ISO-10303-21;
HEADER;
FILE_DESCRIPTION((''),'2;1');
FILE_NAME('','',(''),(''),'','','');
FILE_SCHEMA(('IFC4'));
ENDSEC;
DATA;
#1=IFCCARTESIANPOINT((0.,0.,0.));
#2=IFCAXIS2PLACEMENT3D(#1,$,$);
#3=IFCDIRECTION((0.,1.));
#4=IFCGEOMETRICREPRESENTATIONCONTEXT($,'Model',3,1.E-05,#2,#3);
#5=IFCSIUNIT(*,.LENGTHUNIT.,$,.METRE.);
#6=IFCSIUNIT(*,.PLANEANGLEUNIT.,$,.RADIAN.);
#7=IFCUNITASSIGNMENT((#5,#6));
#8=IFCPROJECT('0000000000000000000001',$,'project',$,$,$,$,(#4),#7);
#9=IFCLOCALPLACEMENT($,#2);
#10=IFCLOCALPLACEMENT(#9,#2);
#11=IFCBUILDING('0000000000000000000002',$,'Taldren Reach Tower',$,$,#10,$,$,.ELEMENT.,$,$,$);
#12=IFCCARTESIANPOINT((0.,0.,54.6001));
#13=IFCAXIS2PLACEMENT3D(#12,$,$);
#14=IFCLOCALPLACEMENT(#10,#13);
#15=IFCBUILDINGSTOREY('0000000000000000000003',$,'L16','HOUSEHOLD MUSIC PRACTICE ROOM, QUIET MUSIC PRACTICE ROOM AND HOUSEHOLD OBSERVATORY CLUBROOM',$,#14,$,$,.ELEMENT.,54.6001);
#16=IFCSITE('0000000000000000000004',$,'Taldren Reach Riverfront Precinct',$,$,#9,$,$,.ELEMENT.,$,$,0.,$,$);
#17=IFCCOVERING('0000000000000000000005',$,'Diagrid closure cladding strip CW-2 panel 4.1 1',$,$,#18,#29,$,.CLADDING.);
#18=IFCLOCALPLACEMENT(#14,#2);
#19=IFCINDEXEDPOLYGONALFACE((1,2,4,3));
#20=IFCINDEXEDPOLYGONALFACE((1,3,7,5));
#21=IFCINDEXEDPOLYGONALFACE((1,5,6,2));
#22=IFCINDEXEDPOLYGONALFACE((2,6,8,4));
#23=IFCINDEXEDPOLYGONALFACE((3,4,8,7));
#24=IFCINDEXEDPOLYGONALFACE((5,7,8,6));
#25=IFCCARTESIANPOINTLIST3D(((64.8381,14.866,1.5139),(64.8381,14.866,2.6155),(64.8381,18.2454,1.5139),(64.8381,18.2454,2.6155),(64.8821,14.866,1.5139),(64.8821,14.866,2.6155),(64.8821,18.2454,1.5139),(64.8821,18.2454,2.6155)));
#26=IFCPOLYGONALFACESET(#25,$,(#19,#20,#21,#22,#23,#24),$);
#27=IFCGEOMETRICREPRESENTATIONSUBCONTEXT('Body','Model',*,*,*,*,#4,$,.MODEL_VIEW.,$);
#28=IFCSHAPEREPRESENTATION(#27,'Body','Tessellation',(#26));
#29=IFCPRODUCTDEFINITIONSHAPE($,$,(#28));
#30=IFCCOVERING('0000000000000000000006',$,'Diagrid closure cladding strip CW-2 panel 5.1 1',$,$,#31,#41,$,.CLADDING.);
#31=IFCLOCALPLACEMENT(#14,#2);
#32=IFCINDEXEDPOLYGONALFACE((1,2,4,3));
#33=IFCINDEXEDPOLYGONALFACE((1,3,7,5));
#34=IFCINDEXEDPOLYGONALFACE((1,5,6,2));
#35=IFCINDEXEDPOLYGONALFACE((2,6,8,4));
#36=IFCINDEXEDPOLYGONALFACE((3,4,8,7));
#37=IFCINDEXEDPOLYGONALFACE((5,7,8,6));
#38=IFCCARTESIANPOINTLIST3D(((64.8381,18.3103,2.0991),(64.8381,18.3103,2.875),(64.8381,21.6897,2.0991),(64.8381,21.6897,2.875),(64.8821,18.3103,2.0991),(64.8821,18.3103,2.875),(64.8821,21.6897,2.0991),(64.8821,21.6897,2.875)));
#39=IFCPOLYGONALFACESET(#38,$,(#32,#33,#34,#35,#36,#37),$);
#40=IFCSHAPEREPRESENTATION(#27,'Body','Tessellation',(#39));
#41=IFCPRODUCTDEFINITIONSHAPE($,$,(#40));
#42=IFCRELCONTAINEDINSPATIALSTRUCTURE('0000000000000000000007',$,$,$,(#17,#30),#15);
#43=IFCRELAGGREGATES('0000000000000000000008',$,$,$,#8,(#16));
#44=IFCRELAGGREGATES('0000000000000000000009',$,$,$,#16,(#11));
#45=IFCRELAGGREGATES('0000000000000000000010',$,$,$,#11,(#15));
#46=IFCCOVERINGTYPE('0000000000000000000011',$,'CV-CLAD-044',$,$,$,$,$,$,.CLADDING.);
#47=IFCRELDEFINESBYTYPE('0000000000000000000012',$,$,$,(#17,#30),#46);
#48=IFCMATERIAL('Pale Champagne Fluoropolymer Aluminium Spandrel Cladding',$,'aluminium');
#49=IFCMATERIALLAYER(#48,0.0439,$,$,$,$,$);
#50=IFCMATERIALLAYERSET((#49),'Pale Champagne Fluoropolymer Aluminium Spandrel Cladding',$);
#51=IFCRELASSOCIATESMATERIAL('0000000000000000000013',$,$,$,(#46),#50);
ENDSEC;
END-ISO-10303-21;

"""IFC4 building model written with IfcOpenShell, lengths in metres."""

from ifc_helpers import new_model, si_unit, direction, frame, origin, origin_2d, place, context, subcontext, project, spatial, rectangle, extrude, source, transform, mapped, material, layer, layer_set, type_object, element, save


model = new_model("IFC4")

# Units and contexts
model_context = context("Model", 3, precision=1e-05, world=origin(), true_north=direction((0.0, 1.0)))
body_context = subcontext(model_context, "Body", "Model", "MODEL_VIEW")
ifc_project = project(units=[si_unit("LENGTHUNIT", "METRE"), si_unit("PLANEANGLEUNIT", "RADIAN")], contexts=[model_context])

# Site, building, storey
site_placement = place(None, origin())
site = spatial("IfcSite", under=ifc_project, at=site_placement, Name="Taldren Reach Riverfront Precinct", CompositionType="ELEMENT", RefElevation=0.0)
building_placement = place(site_placement, origin())
building = spatial("IfcBuilding", under=site, at=building_placement, Name="Taldren Reach Tower", CompositionType="ELEMENT")
storey_placement = place(building_placement, frame((0.0, 0.0, 54.6001)))
storey = spatial("IfcBuildingStorey", under=building, at=storey_placement, Name="L16", Description="HOUSEHOLD MUSIC PRACTICE ROOM, QUIET MUSIC PRACTICE ROOM AND HOUSEHOLD OBSERVATORY CLUBROOM", CompositionType="ELEMENT", Elevation=54.6001)

# Coverings
ifc_material_1 = material(Name="Pale Champagne Fluoropolymer Aluminium Spandrel Cladding", Category="aluminium")
ifc_layer_1 = layer(ifc_material_1, 0.0439)
ifc_layer_set_1 = layer_set([ifc_layer_1], Name="Pale Champagne Fluoropolymer Aluminium Spandrel Cladding")
covering_type = type_object("IfcCoveringType", Name="CV-CLAD-044", PredefinedType="CLADDING", material=ifc_layer_set_1)
shared_shape_1 = source(origin(), body_context, "Body", "SweptSolid", [
    extrude(rectangle(XDim=3.3794, YDim=0.0439, at=origin_2d()), origin(), (0.0, 0.0, 1.0), 1.1016),
])
covering_1_placement = place(storey_placement, frame((64.8601, 16.5557, 1.5139), z_axis=(0.0, 0.0, 1.0), x_axis=(0.0, 1.0, 0.0)))
element("IfcCovering", 1, at=covering_1_placement, inside=storey, type_object=covering_type, Name="Diagrid closure cladding strip CW-2 panel 4.1 1", PredefinedType="CLADDING", context=body_context, shape_type="MappedRepresentation", body=[
    mapped(shared_shape_1, transform((0.0, 0.0, 0.0), scale=1.0)),
])
shared_shape_2 = source(origin(), body_context, "Body", "SweptSolid", [
    extrude(rectangle(XDim=3.3794, YDim=0.0439, at=origin_2d()), origin(), (0.0, 0.0, 1.0), 0.7759),
])
covering_2_placement = place(storey_placement, frame((64.8601, 20.0, 2.0991), z_axis=(0.0, 0.0, 1.0), x_axis=(0.0, 1.0, 0.0)))
element("IfcCovering", 2, at=covering_2_placement, inside=storey, type_object=covering_type, Name="Diagrid closure cladding strip CW-2 panel 5.1 1", PredefinedType="CLADDING", context=body_context, shape_type="MappedRepresentation", body=[
    mapped(shared_shape_2, transform((0.0, 0.0, 0.0), scale=1.0)),
])

save(model, "model.ifc")
